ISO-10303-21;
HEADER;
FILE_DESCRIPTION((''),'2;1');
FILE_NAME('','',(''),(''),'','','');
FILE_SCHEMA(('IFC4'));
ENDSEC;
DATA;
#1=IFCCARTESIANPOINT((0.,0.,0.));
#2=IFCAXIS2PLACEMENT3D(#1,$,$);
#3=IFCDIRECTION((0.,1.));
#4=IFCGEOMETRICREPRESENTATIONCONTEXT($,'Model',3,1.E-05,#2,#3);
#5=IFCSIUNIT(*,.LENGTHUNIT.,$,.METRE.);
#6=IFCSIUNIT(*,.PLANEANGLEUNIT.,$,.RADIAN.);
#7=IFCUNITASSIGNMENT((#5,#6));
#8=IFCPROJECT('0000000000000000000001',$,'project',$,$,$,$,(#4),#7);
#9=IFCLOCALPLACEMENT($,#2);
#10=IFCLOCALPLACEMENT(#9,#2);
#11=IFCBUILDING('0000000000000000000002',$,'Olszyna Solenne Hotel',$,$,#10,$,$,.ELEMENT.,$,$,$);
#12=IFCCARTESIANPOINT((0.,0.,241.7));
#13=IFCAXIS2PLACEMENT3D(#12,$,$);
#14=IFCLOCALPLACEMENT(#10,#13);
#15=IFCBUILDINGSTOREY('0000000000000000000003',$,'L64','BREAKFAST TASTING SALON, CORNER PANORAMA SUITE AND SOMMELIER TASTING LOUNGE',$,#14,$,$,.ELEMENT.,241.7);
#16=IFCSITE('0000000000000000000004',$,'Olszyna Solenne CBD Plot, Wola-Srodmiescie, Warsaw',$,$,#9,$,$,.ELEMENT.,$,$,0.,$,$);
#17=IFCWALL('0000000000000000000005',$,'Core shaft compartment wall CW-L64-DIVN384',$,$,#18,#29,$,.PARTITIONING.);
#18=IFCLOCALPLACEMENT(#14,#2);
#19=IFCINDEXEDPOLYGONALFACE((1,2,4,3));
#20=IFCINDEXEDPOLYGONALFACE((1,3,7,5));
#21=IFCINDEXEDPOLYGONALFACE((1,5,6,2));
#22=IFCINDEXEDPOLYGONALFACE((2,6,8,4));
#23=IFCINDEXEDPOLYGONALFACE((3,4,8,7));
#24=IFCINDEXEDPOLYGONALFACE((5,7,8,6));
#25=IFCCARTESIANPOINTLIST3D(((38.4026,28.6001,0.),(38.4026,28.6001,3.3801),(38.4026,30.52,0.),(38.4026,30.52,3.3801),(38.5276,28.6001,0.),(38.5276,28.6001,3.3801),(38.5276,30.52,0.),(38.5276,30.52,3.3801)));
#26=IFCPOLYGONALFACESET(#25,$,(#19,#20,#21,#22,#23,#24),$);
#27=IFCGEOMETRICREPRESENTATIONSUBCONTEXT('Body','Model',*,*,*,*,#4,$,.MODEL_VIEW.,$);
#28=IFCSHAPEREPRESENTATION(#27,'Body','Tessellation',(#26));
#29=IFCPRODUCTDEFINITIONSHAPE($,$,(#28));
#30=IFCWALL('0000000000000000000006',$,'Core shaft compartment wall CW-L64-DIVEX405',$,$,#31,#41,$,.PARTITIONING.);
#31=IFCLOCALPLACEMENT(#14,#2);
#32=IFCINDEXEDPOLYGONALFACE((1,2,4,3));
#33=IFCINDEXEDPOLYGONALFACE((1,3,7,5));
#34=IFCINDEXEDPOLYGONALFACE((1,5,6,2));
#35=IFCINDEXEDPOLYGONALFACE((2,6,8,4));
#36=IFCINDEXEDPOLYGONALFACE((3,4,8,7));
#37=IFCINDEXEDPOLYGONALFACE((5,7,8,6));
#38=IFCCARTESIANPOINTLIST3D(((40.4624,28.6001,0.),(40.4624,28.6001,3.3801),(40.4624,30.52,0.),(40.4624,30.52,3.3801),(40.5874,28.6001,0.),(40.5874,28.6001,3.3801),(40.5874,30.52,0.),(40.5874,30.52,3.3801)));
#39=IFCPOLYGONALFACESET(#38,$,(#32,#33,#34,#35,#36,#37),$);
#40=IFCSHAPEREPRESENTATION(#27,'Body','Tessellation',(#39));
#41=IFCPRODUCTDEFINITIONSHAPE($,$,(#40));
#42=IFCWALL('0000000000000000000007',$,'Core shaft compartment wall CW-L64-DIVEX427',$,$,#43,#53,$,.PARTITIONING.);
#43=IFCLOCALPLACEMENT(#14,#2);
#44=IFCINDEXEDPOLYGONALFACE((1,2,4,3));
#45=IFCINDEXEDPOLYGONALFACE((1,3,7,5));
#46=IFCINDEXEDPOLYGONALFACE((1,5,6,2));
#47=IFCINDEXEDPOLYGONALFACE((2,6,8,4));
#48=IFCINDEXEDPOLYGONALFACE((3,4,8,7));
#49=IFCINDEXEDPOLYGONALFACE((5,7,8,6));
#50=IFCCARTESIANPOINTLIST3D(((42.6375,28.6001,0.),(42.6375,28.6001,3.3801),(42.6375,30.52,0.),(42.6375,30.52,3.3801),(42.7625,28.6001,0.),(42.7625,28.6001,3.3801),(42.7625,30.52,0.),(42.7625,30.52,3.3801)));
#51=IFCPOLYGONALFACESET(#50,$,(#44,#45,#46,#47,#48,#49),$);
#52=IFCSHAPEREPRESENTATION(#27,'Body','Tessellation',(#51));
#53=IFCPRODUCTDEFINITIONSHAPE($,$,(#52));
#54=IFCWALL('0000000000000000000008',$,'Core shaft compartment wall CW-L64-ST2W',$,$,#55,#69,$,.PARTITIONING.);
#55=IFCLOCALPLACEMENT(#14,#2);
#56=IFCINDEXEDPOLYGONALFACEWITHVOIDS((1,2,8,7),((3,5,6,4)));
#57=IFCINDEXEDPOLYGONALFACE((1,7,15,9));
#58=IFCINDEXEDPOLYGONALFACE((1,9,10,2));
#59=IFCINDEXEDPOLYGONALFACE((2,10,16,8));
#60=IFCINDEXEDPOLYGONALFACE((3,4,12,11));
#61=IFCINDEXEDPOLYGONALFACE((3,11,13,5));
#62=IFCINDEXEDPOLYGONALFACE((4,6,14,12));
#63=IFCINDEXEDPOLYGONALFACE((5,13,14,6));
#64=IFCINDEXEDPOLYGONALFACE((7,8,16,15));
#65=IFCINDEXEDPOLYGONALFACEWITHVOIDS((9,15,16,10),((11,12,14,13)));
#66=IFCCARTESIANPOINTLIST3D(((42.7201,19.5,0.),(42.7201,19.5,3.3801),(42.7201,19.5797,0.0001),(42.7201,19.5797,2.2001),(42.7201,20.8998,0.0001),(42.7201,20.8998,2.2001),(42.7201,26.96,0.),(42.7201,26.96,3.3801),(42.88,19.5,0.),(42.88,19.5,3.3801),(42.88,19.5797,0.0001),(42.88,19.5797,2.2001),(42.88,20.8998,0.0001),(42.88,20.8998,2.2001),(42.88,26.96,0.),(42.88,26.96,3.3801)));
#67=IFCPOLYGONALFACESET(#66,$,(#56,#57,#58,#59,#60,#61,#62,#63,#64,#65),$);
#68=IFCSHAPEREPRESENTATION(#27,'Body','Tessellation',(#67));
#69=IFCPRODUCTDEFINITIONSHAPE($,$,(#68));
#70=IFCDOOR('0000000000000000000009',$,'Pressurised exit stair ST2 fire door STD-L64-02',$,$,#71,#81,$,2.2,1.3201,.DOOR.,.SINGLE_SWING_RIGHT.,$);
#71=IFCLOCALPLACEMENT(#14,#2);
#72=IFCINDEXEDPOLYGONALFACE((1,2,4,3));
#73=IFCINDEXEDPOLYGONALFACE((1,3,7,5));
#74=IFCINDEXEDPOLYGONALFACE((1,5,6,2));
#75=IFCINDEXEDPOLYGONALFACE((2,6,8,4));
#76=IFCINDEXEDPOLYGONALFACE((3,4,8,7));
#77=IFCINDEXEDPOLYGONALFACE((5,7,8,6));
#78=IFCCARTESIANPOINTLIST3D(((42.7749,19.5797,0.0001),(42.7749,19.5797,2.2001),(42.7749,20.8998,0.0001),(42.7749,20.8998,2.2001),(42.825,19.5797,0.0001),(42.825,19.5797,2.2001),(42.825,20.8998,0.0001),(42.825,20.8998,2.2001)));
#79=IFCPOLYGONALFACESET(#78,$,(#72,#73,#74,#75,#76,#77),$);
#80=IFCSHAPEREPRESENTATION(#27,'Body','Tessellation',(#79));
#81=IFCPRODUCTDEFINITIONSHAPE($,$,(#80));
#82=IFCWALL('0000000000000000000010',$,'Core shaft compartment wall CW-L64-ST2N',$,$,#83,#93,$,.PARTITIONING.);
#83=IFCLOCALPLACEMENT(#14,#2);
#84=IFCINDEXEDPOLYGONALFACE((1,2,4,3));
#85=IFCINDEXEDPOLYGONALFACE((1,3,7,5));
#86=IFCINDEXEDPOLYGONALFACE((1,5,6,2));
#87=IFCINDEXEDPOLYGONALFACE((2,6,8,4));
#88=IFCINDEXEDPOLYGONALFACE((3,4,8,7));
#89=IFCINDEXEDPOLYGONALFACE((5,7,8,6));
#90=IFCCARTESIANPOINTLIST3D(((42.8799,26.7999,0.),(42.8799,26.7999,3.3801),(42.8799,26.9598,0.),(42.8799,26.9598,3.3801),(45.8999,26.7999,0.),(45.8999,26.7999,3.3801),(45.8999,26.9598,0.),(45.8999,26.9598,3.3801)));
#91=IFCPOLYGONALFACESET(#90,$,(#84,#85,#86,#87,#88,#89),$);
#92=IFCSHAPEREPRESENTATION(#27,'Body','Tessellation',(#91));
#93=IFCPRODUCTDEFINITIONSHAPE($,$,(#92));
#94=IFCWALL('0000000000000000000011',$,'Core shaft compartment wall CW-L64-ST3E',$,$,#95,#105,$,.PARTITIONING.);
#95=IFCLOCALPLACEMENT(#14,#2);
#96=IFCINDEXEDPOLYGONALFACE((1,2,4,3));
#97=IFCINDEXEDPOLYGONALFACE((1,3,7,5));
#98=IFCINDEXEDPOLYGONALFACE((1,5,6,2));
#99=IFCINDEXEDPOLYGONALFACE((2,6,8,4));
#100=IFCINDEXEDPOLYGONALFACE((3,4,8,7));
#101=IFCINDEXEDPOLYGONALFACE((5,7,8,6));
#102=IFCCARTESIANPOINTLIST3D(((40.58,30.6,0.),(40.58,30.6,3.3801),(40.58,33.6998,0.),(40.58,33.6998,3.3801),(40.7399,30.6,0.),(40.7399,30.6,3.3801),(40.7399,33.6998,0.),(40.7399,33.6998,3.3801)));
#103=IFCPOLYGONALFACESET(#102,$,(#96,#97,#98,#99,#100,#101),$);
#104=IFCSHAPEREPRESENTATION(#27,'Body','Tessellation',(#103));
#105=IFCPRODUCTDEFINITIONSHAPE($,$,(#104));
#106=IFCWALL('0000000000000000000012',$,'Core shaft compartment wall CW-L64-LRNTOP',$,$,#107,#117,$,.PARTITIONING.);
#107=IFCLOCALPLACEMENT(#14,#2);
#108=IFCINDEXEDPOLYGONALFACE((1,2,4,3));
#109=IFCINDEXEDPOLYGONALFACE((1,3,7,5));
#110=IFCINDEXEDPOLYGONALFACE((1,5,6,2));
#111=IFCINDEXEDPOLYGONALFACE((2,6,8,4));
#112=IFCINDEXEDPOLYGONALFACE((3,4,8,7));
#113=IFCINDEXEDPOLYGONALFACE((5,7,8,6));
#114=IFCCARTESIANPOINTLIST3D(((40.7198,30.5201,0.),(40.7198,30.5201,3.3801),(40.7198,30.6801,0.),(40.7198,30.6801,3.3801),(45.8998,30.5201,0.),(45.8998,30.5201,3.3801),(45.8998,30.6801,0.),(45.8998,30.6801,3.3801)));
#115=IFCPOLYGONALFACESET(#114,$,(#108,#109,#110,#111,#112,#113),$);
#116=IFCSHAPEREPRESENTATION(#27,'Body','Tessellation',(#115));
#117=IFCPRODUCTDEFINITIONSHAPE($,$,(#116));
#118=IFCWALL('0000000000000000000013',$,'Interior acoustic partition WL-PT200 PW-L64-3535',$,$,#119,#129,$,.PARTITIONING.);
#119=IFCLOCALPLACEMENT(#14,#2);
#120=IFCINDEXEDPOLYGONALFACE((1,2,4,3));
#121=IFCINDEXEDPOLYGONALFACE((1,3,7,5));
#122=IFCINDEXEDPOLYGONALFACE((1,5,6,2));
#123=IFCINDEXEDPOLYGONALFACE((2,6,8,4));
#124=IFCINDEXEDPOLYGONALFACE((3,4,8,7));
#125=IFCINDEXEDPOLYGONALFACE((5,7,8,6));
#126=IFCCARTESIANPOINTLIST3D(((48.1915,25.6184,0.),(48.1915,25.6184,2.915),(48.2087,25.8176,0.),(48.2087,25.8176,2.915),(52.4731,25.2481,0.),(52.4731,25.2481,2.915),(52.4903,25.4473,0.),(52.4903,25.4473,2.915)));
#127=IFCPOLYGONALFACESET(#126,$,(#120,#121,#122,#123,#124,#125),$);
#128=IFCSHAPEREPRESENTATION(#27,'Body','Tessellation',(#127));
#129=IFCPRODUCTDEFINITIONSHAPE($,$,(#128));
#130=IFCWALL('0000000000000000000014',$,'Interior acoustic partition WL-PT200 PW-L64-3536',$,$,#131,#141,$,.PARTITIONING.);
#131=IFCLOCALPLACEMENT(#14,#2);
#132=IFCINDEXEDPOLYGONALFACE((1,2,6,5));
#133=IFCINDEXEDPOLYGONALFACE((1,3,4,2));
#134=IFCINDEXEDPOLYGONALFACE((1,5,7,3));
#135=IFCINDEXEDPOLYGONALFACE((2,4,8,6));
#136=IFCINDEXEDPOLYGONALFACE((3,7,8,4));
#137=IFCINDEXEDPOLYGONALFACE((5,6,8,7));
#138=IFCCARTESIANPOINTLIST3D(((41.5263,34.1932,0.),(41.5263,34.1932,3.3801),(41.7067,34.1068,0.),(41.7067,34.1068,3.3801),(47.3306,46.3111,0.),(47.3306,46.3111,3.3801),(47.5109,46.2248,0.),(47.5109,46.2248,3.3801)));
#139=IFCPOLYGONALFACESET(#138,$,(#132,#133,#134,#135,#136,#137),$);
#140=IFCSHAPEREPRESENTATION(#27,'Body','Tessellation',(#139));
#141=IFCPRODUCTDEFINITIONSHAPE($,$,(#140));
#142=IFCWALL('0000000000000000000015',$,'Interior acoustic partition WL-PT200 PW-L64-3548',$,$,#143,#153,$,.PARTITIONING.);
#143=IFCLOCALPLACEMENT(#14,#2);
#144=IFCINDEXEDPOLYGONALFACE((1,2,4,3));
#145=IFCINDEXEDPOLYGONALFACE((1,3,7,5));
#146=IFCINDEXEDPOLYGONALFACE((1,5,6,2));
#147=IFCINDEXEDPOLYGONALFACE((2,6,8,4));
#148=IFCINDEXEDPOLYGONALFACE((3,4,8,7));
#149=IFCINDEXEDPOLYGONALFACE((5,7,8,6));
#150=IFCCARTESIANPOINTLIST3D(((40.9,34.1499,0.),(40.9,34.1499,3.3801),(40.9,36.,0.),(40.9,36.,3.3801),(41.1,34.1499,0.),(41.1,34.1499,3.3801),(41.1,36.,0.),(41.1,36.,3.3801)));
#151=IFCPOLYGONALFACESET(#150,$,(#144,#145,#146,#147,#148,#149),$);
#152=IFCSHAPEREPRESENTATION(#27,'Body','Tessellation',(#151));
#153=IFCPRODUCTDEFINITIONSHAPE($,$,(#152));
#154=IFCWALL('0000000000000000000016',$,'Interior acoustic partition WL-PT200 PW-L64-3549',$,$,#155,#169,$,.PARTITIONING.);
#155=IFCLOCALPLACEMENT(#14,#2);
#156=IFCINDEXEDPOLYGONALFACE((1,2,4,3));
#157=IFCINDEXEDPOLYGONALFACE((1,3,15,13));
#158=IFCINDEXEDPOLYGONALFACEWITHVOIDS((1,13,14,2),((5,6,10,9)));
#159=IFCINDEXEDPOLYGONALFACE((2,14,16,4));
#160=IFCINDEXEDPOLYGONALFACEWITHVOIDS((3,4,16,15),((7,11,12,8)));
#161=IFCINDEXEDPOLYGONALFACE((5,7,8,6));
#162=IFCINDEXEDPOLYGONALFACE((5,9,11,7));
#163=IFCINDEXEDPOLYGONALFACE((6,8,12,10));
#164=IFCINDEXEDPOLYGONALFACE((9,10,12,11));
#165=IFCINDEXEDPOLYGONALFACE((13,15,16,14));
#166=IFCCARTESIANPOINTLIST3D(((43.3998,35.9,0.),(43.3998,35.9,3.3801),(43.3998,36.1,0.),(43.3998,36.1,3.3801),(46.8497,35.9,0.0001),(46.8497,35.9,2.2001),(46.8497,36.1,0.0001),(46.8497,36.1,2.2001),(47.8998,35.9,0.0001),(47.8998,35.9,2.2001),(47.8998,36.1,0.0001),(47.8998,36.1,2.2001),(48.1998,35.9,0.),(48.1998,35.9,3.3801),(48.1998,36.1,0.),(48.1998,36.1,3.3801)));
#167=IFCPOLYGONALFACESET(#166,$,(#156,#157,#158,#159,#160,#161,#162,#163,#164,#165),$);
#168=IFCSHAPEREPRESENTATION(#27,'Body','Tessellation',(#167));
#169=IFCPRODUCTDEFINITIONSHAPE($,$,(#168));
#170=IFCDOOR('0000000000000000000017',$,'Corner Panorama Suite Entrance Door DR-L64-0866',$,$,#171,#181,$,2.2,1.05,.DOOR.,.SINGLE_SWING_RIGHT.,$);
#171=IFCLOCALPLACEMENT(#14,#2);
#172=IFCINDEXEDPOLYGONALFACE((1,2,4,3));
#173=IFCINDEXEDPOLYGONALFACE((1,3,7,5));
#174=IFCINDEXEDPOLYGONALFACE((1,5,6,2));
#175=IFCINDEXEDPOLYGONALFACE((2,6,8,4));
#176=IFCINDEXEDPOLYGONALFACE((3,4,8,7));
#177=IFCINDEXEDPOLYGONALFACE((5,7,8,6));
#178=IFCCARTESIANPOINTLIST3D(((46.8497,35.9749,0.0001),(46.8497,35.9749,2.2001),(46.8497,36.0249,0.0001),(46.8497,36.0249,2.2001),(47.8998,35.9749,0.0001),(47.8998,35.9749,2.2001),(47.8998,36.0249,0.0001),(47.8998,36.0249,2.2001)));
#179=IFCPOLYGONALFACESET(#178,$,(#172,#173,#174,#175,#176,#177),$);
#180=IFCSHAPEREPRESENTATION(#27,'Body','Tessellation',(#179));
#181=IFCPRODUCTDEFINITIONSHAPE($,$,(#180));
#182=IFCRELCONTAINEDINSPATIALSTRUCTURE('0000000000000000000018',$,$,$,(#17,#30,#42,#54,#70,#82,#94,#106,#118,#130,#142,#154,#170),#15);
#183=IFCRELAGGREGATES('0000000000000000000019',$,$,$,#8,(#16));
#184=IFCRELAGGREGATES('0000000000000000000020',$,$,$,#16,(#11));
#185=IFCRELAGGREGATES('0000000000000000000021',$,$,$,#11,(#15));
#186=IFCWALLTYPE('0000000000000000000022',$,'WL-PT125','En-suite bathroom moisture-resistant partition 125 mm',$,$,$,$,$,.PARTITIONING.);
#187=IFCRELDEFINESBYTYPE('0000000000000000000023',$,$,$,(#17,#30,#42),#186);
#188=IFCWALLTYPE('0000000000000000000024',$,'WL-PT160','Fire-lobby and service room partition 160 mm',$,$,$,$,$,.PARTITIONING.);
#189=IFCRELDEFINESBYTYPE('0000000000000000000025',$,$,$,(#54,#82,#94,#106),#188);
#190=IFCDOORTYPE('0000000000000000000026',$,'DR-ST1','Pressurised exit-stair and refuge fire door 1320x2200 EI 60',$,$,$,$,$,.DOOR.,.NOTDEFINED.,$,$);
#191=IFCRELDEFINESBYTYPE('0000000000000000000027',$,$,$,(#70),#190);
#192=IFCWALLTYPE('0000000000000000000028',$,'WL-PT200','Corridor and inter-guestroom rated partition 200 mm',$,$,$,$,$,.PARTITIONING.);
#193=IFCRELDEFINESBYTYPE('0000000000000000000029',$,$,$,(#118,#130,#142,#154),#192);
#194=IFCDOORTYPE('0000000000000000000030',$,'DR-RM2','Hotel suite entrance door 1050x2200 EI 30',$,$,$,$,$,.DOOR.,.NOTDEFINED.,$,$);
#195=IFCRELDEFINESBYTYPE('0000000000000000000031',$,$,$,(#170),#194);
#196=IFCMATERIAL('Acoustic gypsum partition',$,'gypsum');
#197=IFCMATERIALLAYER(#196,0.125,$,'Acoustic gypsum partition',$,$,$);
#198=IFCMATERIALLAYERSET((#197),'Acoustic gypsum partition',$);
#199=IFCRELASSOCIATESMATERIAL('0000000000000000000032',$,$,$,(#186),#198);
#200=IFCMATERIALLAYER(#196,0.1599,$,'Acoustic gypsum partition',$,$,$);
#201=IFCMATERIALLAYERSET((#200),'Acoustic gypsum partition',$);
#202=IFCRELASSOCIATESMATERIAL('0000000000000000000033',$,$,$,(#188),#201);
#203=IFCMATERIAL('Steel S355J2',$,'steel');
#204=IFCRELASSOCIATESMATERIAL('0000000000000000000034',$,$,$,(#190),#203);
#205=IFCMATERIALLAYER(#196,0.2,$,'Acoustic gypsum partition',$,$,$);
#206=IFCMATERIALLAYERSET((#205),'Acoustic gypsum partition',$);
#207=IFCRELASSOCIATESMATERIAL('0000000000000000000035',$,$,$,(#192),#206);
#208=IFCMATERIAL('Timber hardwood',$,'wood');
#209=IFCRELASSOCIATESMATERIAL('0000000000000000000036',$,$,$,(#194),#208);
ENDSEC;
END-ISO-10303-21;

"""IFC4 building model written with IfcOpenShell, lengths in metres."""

from ifc_helpers import new_model, si_unit, direction, frame, frame_2d, origin, place, context, subcontext, project, spatial, rectangle, extrude, source, transform, mapped, material, layer, layer_set, type_object, type_shapes, element, fill, save


model = new_model("IFC4")

# Units and contexts
model_context = context("Model", 3, precision=1e-05, world=origin(), true_north=direction((0.0, 1.0)))
body_context = subcontext(model_context, "Body", "Model", "MODEL_VIEW")
ifc_project = project(units=[si_unit("LENGTHUNIT", "METRE"), si_unit("PLANEANGLEUNIT", "RADIAN")], contexts=[model_context])

# Site, building, storey
site_placement = place(None, origin())
site = spatial("IfcSite", under=ifc_project, at=site_placement, Name="Olszyna Solenne CBD Plot, Wola-Srodmiescie, Warsaw", CompositionType="ELEMENT", RefElevation=0.0)
building_placement = place(site_placement, origin())
building = spatial("IfcBuilding", under=site, at=building_placement, Name="Olszyna Solenne Hotel", CompositionType="ELEMENT")
storey_placement = place(building_placement, frame((0.0, 0.0, 241.7)))
storey = spatial("IfcBuildingStorey", under=building, at=storey_placement, Name="L64", Description="BREAKFAST TASTING SALON, CORNER PANORAMA SUITE AND SOMMELIER TASTING LOUNGE", CompositionType="ELEMENT", Elevation=241.7)

# Shared definitions
ifc_material_1 = material(Name="Steel S355J2", Category="steel")

# Shared definitions
ifc_material_2 = material(Name="Timber hardwood", Category="wood")

# Walls
ifc_material_3 = material(Name="Acoustic gypsum partition", Category="gypsum")
ifc_layer_1 = layer(ifc_material_3, 0.125, Name="Acoustic gypsum partition")
ifc_layer_set_1 = layer_set([ifc_layer_1], Name="Acoustic gypsum partition")
wall_type_1 = type_object("IfcWallType", Name="WL-PT125", Description="En-suite bathroom moisture-resistant partition 125 mm", PredefinedType="PARTITIONING", material=ifc_layer_set_1)
for number, where, z_axis, x_axis, name in (
    (1, (38.4651, 28.6001, 0.0), (0.0, 0.0, 1.0), (0.0, 1.0, 0.0), "Core shaft compartment wall CW-L64-DIVN384"),
    (2, (40.5249, 28.6001, 0.0), (0.0, 0.0, 1.0), (0.0, 1.0, 0.0), "Core shaft compartment wall CW-L64-DIVEX405"),
    (3, (42.7, 28.6001, 0.0), (0.0, 0.0, 1.0), (0.0, 1.0, 0.0), "Core shaft compartment wall CW-L64-DIVEX427"),
):
    element("IfcWall", number, at=place(storey_placement, frame(where, z_axis=z_axis, x_axis=x_axis)), inside=storey, type_object=wall_type_1, Name=name, PredefinedType="PARTITIONING", context=body_context, shape_type="SweptSolid", body=[
        extrude(rectangle(XDim=1.9199, YDim=0.125, at=frame_2d((0.96, 0.0))), origin(), (0.0, 0.0, 1.0), 3.3801),
    ])

# Wall, opening, door
ifc_layer_2 = layer(ifc_material_3, 0.1599, Name="Acoustic gypsum partition")
ifc_layer_set_2 = layer_set([ifc_layer_2], Name="Acoustic gypsum partition")
wall_type_2 = type_object("IfcWallType", Name="WL-PT160", Description="Fire-lobby and service room partition 160 mm", PredefinedType="PARTITIONING", material=ifc_layer_set_2)
wall_1_placement = place(storey_placement, frame((42.8, 26.96, 0.0), z_axis=(0.0, 0.0, 1.0), x_axis=(0.0, -1.0, 0.0)))
wall_1 = element("IfcWall", 4, at=wall_1_placement, inside=storey, type_object=wall_type_2, Name="Core shaft compartment wall CW-L64-ST2W", PredefinedType="PARTITIONING", context=body_context, shape_type="SweptSolid", body=[
    extrude(rectangle(XDim=7.46, YDim=0.1599, at=frame_2d((3.73, 0.0))), origin(), (0.0, 0.0, 1.0), 3.3801),
])
opening_1_placement = place(wall_1_placement, frame((6.0601, 0.0, 0.0)))
opening_1 = element("IfcOpeningElement", 5, at=opening_1_placement, cuts=wall_1, PredefinedType="OPENING", context=body_context, shape_type="SweptSolid", body=[
    extrude(rectangle(XDim=1.3201, YDim=2.2, at=frame_2d((0.6602, 1.1001))), frame((0.0, 0.0898, 0.0), z_axis=(0.0, -1.0, 0.0), x_axis=(1.0, 0.0, 0.0)), (0.0, 0.0, 1.0), 0.1799),
])
door_type_1 = type_object("IfcDoorType", Name="DR-ST1", Description="Pressurised exit-stair and refuge fire door 1320x2200 EI 60", OperationType="NOTDEFINED", PredefinedType="DOOR", material=ifc_material_1)
shared_shape_1 = source(origin(), body_context, "Body", "SweptSolid", [
    extrude(rectangle(XDim=1.3201, YDim=2.2, at=frame_2d((0.6602, 1.1001))), frame((0.0, 0.0249, 0.0), z_axis=(0.0, -1.0, 0.0), x_axis=(1.0, 0.0, 0.0)), (0.0, 0.0, 1.0), 0.05),
])
type_shapes(door_type_1, [shared_shape_1])
door_1_placement = place(opening_1_placement, origin())
door_1 = element("IfcDoor", 6, at=door_1_placement, inside=storey, type_object=door_type_1, Name="Pressurised exit stair ST2 fire door STD-L64-02", OperationType="SINGLE_SWING_RIGHT", OverallHeight=2.2, OverallWidth=1.3201, PredefinedType="DOOR", context=body_context, shape_type="MappedRepresentation", body=[
    mapped(shared_shape_1, transform((0.0, 0.0, 0.0), x_axis=(1.0, 0.0, 0.0), y_axis=(0.0, 1.0, 0.0), z_axis=(0.0, 0.0, 1.0), scale=1.0)),
])
fill(opening_1, door_1)

# Walls
wall_2_placement = place(storey_placement, frame((42.8799, 26.8799, 0.0), z_axis=(0.0, 0.0, 1.0), x_axis=(1.0, 0.0, 0.0)))
element("IfcWall", 7, at=wall_2_placement, inside=storey, type_object=wall_type_2, Name="Core shaft compartment wall CW-L64-ST2N", PredefinedType="PARTITIONING", context=body_context, shape_type="SweptSolid", body=[
    extrude(rectangle(XDim=3.02, YDim=0.1599, at=frame_2d((1.51, 0.0))), origin(), (0.0, 0.0, 1.0), 3.3801),
])
wall_3_placement = place(storey_placement, frame((40.6599, 30.6001, 0.0), z_axis=(0.0, 0.0, 1.0), x_axis=(0.0, 1.0, 0.0)))
element("IfcWall", 8, at=wall_3_placement, inside=storey, type_object=wall_type_2, Name="Core shaft compartment wall CW-L64-ST3E", PredefinedType="PARTITIONING", context=body_context, shape_type="SweptSolid", body=[
    extrude(rectangle(XDim=3.0999, YDim=0.1599, at=frame_2d((1.5498, 0.0))), origin(), (0.0, 0.0, 1.0), 3.3801),
])
wall_4_placement = place(storey_placement, frame((40.72, 30.6001, 0.0), z_axis=(0.0, 0.0, 1.0), x_axis=(1.0, 0.0, 0.0)))
element("IfcWall", 9, at=wall_4_placement, inside=storey, type_object=wall_type_2, Name="Core shaft compartment wall CW-L64-LRNTOP", PredefinedType="PARTITIONING", context=body_context, shape_type="SweptSolid", body=[
    extrude(rectangle(XDim=5.1799, YDim=0.1599, at=frame_2d((2.5898, 0.0))), origin(), (0.0, 0.0, 1.0), 3.3801),
])
ifc_layer_3 = layer(ifc_material_3, 0.2, Name="Acoustic gypsum partition")
ifc_layer_set_3 = layer_set([ifc_layer_3], Name="Acoustic gypsum partition")
wall_type_3 = type_object("IfcWallType", Name="WL-PT200", Description="Corridor and inter-guestroom rated partition 200 mm", PredefinedType="PARTITIONING", material=ifc_layer_set_3)
wall_5_placement = place(storey_placement, frame((48.2, 25.718, 0.0), z_axis=(0.0, 0.0, 1.0), x_axis=(0.99628, -0.086176, 0.0)))
element("IfcWall", 10, at=wall_5_placement, inside=storey, type_object=wall_type_3, Name="Interior acoustic partition WL-PT200 PW-L64-3535", PredefinedType="PARTITIONING", context=body_context, shape_type="SweptSolid", body=[
    extrude(rectangle(XDim=4.2976, YDim=0.2, at=frame_2d((2.1489, 0.0))), origin(), (0.0, 0.0, 1.0), 2.915),
])
wall_6_placement = place(storey_placement, frame((41.6165, 34.1499, 0.0), z_axis=(0.0, 0.0, 1.0), x_axis=(0.431981, 0.901883, 0.0)))
element("IfcWall", 11, at=wall_6_placement, inside=storey, type_object=wall_type_3, Name="Interior acoustic partition WL-PT200 PW-L64-3536", PredefinedType="PARTITIONING", context=body_context, shape_type="SweptSolid", body=[
    extrude(rectangle(XDim=13.4363, YDim=0.2, at=frame_2d((6.7183, 0.0))), origin(), (0.0, 0.0, 1.0), 3.3801),
])
wall_7_placement = place(storey_placement, frame((41.0, 34.1499, 0.0), z_axis=(0.0, 0.0, 1.0), x_axis=(0.0, 1.0, 0.0)))
element("IfcWall", 12, at=wall_7_placement, inside=storey, type_object=wall_type_3, Name="Interior acoustic partition WL-PT200 PW-L64-3548", PredefinedType="PARTITIONING", context=body_context, shape_type="SweptSolid", body=[
    extrude(rectangle(XDim=1.8501, YDim=0.2, at=frame_2d((0.925, 0.0))), origin(), (0.0, 0.0, 1.0), 3.3801),
])

# Wall, opening, door
wall_8_placement = place(storey_placement, frame((43.3999, 36.0, 0.0), z_axis=(0.0, 0.0, 1.0), x_axis=(1.0, 0.0, 0.0)))
wall_8 = element("IfcWall", 13, at=wall_8_placement, inside=storey, type_object=wall_type_3, Name="Interior acoustic partition WL-PT200 PW-L64-3549", PredefinedType="PARTITIONING", context=body_context, shape_type="SweptSolid", body=[
    extrude(rectangle(XDim=4.8, YDim=0.2, at=frame_2d((2.3999, 0.0))), origin(), (0.0, 0.0, 1.0), 3.3801),
])
opening_2_placement = place(wall_8_placement, frame((3.45, 0.0, 0.0)))
opening_2 = element("IfcOpeningElement", 14, at=opening_2_placement, cuts=wall_8, PredefinedType="OPENING", context=body_context, shape_type="SweptSolid", body=[
    extrude(rectangle(XDim=1.05, YDim=2.2, at=frame_2d((0.5249, 1.1001))), frame((0.0, 0.1099, 0.0), z_axis=(0.0, -1.0, 0.0), x_axis=(1.0, 0.0, 0.0)), (0.0, 0.0, 1.0), 0.22),
])
door_type_2 = type_object("IfcDoorType", Name="DR-RM2", Description="Hotel suite entrance door 1050x2200 EI 30", OperationType="NOTDEFINED", PredefinedType="DOOR", material=ifc_material_2)
shared_shape_2 = source(origin(), body_context, "Body", "SweptSolid", [
    extrude(rectangle(XDim=1.05, YDim=2.2, at=frame_2d((0.5249, 1.1001))), frame((0.0, 0.0249, 0.0), z_axis=(0.0, -1.0, 0.0), x_axis=(1.0, 0.0, 0.0)), (0.0, 0.0, 1.0), 0.05),
])
type_shapes(door_type_2, [shared_shape_2])
door_2_placement = place(opening_2_placement, origin())
door_2 = element("IfcDoor", 15, at=door_2_placement, inside=storey, type_object=door_type_2, Name="Corner Panorama Suite Entrance Door DR-L64-0866", OperationType="SINGLE_SWING_RIGHT", OverallHeight=2.2, OverallWidth=1.05, PredefinedType="DOOR", context=body_context, shape_type="MappedRepresentation", body=[
    mapped(shared_shape_2, transform((0.0, 0.0, 0.0), x_axis=(1.0, 0.0, 0.0), y_axis=(0.0, 1.0, 0.0), z_axis=(0.0, 0.0, 1.0), scale=1.0)),
])
fill(opening_2, door_2)

save(model, "model.ifc")
